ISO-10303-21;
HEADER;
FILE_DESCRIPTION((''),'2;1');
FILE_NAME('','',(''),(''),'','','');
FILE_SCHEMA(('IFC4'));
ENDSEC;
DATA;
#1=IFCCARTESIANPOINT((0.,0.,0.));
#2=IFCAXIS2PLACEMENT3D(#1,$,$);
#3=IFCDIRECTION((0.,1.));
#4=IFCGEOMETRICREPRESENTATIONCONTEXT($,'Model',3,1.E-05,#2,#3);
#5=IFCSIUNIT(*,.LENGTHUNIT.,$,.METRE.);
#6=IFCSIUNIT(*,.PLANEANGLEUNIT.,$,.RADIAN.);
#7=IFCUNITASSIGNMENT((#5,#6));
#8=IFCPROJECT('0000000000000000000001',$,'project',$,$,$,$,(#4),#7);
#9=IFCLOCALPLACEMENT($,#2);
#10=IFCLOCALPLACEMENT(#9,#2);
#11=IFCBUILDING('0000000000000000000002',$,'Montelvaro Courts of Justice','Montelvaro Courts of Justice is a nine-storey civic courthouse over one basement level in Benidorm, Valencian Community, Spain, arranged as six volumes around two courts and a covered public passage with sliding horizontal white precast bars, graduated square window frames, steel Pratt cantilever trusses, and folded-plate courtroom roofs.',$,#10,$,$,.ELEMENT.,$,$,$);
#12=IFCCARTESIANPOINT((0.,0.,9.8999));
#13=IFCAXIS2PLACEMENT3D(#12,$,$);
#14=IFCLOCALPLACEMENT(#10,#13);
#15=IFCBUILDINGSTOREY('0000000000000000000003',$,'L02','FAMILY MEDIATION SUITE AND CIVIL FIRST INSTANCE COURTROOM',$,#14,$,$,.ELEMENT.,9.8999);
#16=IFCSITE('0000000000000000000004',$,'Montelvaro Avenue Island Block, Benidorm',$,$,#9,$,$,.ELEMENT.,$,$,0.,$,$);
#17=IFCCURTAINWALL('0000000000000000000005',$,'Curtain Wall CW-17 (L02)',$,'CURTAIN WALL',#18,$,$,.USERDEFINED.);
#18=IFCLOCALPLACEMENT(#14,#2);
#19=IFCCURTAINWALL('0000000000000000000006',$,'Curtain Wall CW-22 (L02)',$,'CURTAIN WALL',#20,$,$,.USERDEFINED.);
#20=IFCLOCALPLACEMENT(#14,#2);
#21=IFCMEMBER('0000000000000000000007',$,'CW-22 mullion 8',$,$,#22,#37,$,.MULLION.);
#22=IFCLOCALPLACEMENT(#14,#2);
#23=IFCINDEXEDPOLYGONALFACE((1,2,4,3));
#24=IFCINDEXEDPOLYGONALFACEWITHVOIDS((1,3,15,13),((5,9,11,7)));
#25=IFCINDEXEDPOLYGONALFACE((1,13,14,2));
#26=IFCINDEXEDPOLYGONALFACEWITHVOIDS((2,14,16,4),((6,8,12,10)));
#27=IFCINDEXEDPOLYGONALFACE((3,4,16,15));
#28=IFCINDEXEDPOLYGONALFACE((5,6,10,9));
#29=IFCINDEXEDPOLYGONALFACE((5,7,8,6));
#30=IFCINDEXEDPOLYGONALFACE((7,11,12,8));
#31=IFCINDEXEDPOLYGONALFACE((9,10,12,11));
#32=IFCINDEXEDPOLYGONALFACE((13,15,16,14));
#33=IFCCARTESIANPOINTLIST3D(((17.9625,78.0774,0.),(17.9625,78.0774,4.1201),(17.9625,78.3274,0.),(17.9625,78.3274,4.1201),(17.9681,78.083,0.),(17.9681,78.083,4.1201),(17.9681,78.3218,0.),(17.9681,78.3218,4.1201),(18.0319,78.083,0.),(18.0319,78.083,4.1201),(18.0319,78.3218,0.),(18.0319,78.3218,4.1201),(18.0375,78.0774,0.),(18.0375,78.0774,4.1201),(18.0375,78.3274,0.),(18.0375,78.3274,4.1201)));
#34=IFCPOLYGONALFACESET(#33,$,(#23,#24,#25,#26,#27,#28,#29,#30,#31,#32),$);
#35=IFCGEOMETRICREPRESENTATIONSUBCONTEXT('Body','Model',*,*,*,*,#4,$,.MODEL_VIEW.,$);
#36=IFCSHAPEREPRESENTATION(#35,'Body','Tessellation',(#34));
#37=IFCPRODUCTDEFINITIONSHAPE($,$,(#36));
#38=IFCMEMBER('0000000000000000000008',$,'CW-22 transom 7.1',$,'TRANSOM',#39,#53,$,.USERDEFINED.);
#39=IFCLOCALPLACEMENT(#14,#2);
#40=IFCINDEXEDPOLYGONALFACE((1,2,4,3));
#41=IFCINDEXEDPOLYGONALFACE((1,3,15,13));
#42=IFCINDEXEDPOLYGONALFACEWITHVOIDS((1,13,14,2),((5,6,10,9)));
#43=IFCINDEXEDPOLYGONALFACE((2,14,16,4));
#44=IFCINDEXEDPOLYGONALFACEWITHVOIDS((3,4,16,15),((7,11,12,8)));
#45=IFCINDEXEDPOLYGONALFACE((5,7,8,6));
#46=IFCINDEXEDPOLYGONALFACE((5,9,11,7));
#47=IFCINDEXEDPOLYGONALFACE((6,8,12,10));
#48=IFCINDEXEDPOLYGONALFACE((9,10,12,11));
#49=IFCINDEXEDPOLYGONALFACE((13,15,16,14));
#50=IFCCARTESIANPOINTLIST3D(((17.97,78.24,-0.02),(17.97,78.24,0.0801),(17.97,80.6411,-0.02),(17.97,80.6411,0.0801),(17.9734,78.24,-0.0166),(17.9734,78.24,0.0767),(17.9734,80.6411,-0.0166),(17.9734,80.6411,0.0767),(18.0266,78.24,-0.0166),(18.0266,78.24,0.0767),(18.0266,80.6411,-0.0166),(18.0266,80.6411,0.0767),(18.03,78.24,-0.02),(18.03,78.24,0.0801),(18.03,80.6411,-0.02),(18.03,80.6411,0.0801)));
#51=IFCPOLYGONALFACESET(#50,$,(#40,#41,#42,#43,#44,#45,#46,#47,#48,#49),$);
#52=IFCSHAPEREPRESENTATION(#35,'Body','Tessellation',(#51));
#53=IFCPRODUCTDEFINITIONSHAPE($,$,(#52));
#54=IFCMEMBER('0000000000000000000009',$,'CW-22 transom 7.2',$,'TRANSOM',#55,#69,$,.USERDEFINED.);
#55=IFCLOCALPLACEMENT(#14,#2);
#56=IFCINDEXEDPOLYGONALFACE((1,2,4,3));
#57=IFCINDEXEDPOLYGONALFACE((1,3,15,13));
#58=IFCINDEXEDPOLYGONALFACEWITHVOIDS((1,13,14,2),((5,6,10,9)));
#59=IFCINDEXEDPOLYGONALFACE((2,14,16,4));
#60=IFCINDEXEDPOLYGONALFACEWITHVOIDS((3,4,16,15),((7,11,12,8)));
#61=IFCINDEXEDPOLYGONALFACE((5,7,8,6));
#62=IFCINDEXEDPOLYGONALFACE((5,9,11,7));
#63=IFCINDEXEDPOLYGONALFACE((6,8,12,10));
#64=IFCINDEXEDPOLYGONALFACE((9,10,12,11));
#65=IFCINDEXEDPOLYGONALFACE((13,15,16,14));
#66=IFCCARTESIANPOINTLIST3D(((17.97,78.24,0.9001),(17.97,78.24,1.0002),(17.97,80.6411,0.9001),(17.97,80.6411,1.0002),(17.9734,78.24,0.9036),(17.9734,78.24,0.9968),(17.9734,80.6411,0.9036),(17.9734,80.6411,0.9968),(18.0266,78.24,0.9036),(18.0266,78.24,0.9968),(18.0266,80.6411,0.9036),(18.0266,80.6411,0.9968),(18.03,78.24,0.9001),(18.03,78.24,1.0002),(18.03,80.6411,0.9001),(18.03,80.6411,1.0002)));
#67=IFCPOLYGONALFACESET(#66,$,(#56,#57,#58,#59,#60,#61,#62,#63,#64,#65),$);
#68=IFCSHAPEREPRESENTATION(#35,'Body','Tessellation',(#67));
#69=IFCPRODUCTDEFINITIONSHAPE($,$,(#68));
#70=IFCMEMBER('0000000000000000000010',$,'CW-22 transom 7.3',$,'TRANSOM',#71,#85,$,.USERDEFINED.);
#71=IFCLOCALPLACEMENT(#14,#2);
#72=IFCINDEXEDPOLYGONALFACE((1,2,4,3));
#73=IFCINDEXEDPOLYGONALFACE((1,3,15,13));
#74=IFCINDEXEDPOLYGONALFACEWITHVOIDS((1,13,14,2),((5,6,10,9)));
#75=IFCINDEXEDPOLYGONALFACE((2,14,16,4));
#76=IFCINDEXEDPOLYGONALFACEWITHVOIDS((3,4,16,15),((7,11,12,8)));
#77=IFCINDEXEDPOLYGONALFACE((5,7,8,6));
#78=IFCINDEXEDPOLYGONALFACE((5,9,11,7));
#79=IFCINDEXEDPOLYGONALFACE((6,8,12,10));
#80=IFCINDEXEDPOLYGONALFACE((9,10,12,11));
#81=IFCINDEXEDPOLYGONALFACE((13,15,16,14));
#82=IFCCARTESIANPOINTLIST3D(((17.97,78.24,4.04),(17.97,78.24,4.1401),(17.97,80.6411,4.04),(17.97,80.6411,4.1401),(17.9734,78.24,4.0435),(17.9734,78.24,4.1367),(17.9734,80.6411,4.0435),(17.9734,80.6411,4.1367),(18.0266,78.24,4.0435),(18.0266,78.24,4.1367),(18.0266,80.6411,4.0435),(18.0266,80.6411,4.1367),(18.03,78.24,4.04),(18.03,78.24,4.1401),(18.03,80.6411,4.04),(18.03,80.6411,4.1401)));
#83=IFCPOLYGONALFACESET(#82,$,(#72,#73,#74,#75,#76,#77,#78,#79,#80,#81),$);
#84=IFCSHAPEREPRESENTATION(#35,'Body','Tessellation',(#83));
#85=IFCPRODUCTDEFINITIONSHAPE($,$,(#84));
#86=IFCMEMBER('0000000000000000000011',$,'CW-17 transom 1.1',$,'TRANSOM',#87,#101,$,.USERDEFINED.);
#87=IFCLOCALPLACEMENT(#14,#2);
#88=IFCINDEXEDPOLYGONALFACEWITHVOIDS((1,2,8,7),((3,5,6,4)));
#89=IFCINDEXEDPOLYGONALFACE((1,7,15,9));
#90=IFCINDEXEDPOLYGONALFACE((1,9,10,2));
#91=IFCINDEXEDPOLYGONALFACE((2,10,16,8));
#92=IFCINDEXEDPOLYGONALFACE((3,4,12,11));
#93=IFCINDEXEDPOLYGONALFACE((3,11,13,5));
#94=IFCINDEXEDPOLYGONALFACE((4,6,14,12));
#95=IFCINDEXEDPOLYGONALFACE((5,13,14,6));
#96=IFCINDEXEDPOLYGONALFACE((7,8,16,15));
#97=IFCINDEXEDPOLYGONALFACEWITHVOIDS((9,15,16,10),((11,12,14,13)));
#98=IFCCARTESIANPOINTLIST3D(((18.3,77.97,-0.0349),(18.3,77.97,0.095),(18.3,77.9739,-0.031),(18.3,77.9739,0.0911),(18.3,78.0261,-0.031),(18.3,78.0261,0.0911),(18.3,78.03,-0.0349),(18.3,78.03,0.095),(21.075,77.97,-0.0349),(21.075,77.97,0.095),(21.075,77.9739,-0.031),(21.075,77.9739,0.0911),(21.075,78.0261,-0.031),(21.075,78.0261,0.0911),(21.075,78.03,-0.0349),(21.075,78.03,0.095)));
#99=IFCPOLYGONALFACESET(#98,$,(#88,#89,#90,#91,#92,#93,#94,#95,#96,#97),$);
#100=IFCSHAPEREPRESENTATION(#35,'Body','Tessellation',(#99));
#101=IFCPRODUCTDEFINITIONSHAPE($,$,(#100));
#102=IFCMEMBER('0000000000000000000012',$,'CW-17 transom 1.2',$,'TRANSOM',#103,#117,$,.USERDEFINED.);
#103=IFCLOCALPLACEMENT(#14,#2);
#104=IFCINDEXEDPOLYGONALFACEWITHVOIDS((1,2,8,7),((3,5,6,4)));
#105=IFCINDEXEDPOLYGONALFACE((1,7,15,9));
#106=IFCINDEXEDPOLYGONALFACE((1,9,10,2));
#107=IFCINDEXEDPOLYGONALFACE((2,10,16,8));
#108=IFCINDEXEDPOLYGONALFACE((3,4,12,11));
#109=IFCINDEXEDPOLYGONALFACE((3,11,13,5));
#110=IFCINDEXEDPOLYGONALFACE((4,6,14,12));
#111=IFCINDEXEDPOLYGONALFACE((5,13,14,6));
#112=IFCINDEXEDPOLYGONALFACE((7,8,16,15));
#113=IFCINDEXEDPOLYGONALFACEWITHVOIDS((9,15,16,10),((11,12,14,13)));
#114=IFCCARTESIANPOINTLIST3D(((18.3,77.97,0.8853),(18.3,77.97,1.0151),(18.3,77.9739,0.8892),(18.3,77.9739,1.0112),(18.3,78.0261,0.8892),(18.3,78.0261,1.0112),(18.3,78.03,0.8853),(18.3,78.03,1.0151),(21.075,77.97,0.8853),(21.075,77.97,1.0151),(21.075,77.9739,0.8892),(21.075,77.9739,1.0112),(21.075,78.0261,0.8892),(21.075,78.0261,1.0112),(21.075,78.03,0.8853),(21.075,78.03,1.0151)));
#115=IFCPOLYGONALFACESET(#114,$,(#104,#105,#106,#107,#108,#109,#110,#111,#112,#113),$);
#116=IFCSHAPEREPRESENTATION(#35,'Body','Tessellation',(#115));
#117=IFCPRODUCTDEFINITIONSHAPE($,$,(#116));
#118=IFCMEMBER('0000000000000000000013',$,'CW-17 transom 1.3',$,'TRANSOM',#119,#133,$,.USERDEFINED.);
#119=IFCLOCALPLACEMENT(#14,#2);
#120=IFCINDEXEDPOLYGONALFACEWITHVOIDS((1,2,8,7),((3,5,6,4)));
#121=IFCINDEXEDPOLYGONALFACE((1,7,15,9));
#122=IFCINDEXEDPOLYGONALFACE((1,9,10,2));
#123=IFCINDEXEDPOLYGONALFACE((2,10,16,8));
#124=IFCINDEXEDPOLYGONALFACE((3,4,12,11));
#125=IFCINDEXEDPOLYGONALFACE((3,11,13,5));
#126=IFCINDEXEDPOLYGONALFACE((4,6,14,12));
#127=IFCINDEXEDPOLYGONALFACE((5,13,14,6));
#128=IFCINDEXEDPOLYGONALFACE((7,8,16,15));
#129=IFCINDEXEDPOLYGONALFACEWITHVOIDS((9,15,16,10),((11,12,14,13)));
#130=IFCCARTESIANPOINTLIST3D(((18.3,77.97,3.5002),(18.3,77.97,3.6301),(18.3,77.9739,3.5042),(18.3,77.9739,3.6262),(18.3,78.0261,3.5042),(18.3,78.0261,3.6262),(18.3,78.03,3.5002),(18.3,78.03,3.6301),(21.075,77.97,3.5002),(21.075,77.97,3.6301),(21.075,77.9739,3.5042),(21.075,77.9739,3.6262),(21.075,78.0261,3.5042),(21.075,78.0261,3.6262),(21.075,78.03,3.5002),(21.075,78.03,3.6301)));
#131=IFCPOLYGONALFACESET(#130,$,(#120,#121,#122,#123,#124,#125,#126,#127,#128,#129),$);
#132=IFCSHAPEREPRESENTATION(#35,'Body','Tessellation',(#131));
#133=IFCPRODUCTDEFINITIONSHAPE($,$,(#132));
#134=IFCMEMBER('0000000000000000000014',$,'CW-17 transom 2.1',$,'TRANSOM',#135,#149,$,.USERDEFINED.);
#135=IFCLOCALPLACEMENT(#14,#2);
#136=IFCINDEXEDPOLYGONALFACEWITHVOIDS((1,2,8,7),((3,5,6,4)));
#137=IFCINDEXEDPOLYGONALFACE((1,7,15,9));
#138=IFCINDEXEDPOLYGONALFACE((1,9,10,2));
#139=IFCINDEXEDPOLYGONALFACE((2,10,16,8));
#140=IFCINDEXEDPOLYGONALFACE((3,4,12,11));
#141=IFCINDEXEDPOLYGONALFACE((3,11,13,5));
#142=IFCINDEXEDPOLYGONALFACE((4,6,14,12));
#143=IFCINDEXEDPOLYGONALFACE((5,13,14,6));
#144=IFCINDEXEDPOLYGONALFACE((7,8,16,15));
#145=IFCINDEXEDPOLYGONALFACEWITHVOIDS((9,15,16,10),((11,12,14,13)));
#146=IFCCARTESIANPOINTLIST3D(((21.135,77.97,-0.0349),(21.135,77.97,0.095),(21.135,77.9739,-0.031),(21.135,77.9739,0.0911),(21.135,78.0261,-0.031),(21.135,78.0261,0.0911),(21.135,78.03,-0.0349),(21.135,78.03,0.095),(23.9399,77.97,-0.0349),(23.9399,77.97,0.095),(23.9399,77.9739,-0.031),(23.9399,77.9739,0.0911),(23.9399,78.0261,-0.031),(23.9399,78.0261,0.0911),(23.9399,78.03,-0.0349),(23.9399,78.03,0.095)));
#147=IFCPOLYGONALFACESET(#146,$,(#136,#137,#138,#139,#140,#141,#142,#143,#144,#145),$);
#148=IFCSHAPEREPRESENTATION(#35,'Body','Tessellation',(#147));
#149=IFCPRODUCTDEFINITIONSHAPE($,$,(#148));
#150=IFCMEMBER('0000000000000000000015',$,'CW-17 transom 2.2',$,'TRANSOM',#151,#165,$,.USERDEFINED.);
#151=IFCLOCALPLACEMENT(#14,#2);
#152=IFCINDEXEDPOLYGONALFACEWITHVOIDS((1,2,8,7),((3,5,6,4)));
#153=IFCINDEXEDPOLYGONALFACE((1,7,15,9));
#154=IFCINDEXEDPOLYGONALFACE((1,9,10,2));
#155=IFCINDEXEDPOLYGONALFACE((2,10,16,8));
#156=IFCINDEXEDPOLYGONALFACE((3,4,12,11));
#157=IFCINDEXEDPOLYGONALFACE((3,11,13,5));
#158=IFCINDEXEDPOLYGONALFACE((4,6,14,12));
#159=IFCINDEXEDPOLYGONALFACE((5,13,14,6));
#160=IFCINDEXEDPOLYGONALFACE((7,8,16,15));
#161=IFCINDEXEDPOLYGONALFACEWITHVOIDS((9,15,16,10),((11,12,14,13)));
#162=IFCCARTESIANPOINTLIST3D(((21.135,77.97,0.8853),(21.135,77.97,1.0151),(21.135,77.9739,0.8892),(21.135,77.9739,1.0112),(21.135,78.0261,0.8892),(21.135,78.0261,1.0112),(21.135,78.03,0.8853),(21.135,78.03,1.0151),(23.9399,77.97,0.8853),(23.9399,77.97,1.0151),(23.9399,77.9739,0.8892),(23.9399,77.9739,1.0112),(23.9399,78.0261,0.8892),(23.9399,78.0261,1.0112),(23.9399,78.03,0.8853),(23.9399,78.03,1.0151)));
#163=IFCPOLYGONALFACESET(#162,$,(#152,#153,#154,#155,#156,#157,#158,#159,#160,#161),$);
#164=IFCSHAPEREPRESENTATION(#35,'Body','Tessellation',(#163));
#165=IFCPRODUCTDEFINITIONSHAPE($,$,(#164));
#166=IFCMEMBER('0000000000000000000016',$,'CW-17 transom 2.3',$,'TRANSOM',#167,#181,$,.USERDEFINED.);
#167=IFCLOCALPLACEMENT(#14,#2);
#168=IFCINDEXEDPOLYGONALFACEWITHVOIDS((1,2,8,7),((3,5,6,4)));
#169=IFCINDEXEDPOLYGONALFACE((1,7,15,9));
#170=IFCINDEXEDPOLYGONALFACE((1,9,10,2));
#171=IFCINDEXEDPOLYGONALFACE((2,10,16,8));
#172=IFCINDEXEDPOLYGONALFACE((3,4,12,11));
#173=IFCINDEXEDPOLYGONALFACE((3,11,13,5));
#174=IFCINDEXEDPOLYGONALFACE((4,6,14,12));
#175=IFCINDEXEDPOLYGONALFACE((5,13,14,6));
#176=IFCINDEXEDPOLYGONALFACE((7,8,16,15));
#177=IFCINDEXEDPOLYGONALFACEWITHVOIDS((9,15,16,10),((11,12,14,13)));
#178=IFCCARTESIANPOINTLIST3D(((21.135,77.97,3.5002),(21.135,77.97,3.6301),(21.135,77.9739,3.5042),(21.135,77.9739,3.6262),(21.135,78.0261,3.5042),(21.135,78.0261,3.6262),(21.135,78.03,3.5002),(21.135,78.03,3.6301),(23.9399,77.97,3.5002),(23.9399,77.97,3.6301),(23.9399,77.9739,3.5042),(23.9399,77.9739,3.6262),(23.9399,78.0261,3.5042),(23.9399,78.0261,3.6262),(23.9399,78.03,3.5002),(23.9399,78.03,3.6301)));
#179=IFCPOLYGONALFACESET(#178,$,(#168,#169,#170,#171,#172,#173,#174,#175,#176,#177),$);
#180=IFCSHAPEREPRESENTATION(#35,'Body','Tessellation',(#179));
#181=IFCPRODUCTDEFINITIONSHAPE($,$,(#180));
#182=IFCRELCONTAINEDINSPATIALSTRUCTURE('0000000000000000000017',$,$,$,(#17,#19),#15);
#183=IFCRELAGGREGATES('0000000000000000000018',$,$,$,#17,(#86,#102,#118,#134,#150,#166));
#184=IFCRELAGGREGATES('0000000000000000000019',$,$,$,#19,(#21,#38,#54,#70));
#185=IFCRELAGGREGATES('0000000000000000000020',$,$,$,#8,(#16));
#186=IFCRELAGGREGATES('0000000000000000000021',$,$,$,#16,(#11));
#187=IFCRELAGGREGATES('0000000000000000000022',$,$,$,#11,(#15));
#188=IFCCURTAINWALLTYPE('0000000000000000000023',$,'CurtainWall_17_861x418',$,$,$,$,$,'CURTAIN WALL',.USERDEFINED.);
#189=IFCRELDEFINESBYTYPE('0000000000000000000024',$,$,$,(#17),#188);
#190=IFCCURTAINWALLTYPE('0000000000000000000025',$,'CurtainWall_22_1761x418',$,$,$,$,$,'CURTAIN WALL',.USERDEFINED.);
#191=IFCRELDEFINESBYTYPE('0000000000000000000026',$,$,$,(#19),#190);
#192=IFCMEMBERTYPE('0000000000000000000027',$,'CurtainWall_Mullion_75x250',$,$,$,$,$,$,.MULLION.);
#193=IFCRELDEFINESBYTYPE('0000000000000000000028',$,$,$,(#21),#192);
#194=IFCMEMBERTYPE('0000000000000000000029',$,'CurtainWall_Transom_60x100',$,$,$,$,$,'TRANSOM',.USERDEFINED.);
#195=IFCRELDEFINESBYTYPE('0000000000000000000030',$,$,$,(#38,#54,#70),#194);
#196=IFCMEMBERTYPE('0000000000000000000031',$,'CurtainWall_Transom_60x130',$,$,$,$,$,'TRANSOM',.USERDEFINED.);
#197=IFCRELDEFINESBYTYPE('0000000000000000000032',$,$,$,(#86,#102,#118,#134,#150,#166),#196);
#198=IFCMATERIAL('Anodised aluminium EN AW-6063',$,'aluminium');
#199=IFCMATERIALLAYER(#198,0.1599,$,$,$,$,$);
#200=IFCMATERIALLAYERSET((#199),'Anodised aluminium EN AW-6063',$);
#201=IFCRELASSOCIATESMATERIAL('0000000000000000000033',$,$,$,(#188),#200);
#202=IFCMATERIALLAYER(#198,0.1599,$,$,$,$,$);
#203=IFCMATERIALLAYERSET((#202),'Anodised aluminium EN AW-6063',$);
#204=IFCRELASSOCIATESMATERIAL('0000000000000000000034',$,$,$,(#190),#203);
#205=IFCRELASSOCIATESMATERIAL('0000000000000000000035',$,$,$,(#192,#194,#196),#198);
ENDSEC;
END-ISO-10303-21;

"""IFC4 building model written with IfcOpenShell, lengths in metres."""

from ifc_helpers import new_model, si_unit, direction, frame, origin, origin_2d, place, context, subcontext, project, spatial, hollow_rectangle, extrude, material, layer, layer_set, material_profile, profile_set, type_object, element, aggregate, save


model = new_model("IFC4")

# Units and contexts
model_context = context("Model", 3, precision=1e-05, world=origin(), true_north=direction((0.0, 1.0)))
body_context = subcontext(model_context, "Body", "Model", "MODEL_VIEW")
ifc_project = project(units=[si_unit("LENGTHUNIT", "METRE"), si_unit("PLANEANGLEUNIT", "RADIAN")], contexts=[model_context])

# Site, building, storey
site_placement = place(None, origin())
site = spatial("IfcSite", under=ifc_project, at=site_placement, Name="Montelvaro Avenue Island Block, Benidorm", CompositionType="ELEMENT", RefElevation=0.0)
building_placement = place(site_placement, origin())
building = spatial("IfcBuilding", under=site, at=building_placement, Name="Montelvaro Courts of Justice", Description="Montelvaro Courts of Justice is a nine-storey civic courthouse over one basement level in Benidorm, Valencian Community, Spain, arranged as six volumes around two courts and a covered public passage with sliding horizontal white precast bars, graduated square window frames, steel Pratt cantilever trusses, and folded-plate courtroom roofs.", CompositionType="ELEMENT")
storey_placement = place(building_placement, frame((0.0, 0.0, 9.8999)))
storey = spatial("IfcBuildingStorey", under=building, at=storey_placement, Name="L02", Description="FAMILY MEDIATION SUITE AND CIVIL FIRST INSTANCE COURTROOM", CompositionType="ELEMENT", Elevation=9.8999)

# Curtain wall
ifc_material_1 = material(Name="Anodised aluminium EN AW-6063", Category="aluminium")
ifc_layer_1 = layer(ifc_material_1, 0.1599)
ifc_layer_set_1 = layer_set([ifc_layer_1], Name="Anodised aluminium EN AW-6063")
curtain_wall_type_1 = type_object("IfcCurtainWallType", Name="CurtainWall_17_861x418", ElementType="CURTAIN WALL", PredefinedType="USERDEFINED", material=ifc_layer_set_1)
curtain_wall_1_placement = place(storey_placement, origin())
curtain_wall_1 = element("IfcCurtainWall", 1, at=curtain_wall_1_placement, inside=storey, type_object=curtain_wall_type_1, Name="Curtain Wall CW-17 (L02)", ObjectType="CURTAIN WALL", PredefinedType="USERDEFINED")

# Curtain wall, members
ifc_layer_2 = layer(ifc_material_1, 0.1599)
ifc_layer_set_2 = layer_set([ifc_layer_2], Name="Anodised aluminium EN AW-6063")
curtain_wall_type_2 = type_object("IfcCurtainWallType", Name="CurtainWall_22_1761x418", ElementType="CURTAIN WALL", PredefinedType="USERDEFINED", material=ifc_layer_set_2)
curtain_wall_2_placement = place(storey_placement, origin())
curtain_wall_2 = element("IfcCurtainWall", 2, at=curtain_wall_2_placement, inside=storey, type_object=curtain_wall_type_2, Name="Curtain Wall CW-22 (L02)", ObjectType="CURTAIN WALL", PredefinedType="USERDEFINED")
ifc_material_profile_1 = material_profile(ifc_material_1, hollow_rectangle(XDim=0.075, YDim=0.25, WallThickness=0.0056, at=origin_2d()), Name="ALU-M 75x250")
ifc_profile_set_1 = profile_set([ifc_material_profile_1], Name="Anodised aluminium EN AW-6063")
member_type_1 = type_object("IfcMemberType", Name="CurtainWall_Mullion_75x250", PredefinedType="MULLION", material=ifc_profile_set_1)
member_1_placement = place(storey_placement, frame((18.0, 78.2024, 0.0), z_axis=(0.0, 0.0, 1.0), x_axis=(1.0, 0.0, 0.0)))
member_1 = element("IfcMember", 3, at=member_1_placement, type_object=member_type_1, Name="CW-22 mullion 8", PredefinedType="MULLION", context=body_context, shape_type="SweptSolid", body=[
    extrude(hollow_rectangle(XDim=0.075, YDim=0.25, WallThickness=0.0056, at=origin_2d()), origin(), (0.0, 0.0, 1.0), 4.1201),
])
ifc_material_profile_2 = material_profile(ifc_material_1, hollow_rectangle(XDim=0.0601, YDim=0.1001, WallThickness=0.0034, at=origin_2d()), Name="ALU-T 60x100")
ifc_profile_set_2 = profile_set([ifc_material_profile_2], Name="Anodised aluminium EN AW-6063")
member_type_2 = type_object("IfcMemberType", Name="CurtainWall_Transom_60x100", ElementType="TRANSOM", PredefinedType="USERDEFINED", material=ifc_profile_set_2)
member_2_placement = place(storey_placement, frame((18.0, 80.6411, 0.03), z_axis=(0.0, -1.0, 0.0), x_axis=(1.0, 0.0, 0.0)))
member_2 = element("IfcMember", 4, at=member_2_placement, type_object=member_type_2, Name="CW-22 transom 7.1", ObjectType="TRANSOM", PredefinedType="USERDEFINED", context=body_context, shape_type="SweptSolid", body=[
    extrude(hollow_rectangle(XDim=0.0601, YDim=0.1001, WallThickness=0.0034, at=origin_2d()), origin(), (0.0, 0.0, 1.0), 2.4011),
])
member_3_placement = place(storey_placement, frame((18.0, 80.6411, 0.9502), z_axis=(0.0, -1.0, 0.0), x_axis=(1.0, 0.0, 0.0)))
member_3 = element("IfcMember", 5, at=member_3_placement, type_object=member_type_2, Name="CW-22 transom 7.2", ObjectType="TRANSOM", PredefinedType="USERDEFINED", context=body_context, shape_type="SweptSolid", body=[
    extrude(hollow_rectangle(XDim=0.0601, YDim=0.1001, WallThickness=0.0034, at=origin_2d()), origin(), (0.0, 0.0, 1.0), 2.4011),
])
member_4_placement = place(storey_placement, frame((18.0, 80.6411, 4.0901), z_axis=(0.0, -1.0, 0.0), x_axis=(1.0, 0.0, 0.0)))
member_4 = element("IfcMember", 6, at=member_4_placement, type_object=member_type_2, Name="CW-22 transom 7.3", ObjectType="TRANSOM", PredefinedType="USERDEFINED", context=body_context, shape_type="SweptSolid", body=[
    extrude(hollow_rectangle(XDim=0.0601, YDim=0.1001, WallThickness=0.0034, at=origin_2d()), origin(), (0.0, 0.0, 1.0), 2.4011),
])

# Members
ifc_material_profile_3 = material_profile(ifc_material_1, hollow_rectangle(XDim=0.0601, YDim=0.1299, WallThickness=0.0039, at=origin_2d()), Name="ALU-T 60x130")
ifc_profile_set_3 = profile_set([ifc_material_profile_3], Name="Anodised aluminium EN AW-6063")
member_type_3 = type_object("IfcMemberType", Name="CurtainWall_Transom_60x130", ElementType="TRANSOM", PredefinedType="USERDEFINED", material=ifc_profile_set_3)
member_5_placement = place(storey_placement, frame((18.3, 78.0, 0.03), z_axis=(1.0, 0.0, 0.0), x_axis=(0.0, 1.0, 0.0)))
member_5 = element("IfcMember", 7, at=member_5_placement, type_object=member_type_3, Name="CW-17 transom 1.1", ObjectType="TRANSOM", PredefinedType="USERDEFINED", context=body_context, shape_type="SweptSolid", body=[
    extrude(hollow_rectangle(XDim=0.0601, YDim=0.1299, WallThickness=0.0039, at=origin_2d()), origin(), (0.0, 0.0, 1.0), 2.7749),
])
member_6_placement = place(storey_placement, frame((18.3, 78.0, 0.9502), z_axis=(1.0, 0.0, 0.0), x_axis=(0.0, 1.0, 0.0)))
member_6 = element("IfcMember", 8, at=member_6_placement, type_object=member_type_3, Name="CW-17 transom 1.2", ObjectType="TRANSOM", PredefinedType="USERDEFINED", context=body_context, shape_type="SweptSolid", body=[
    extrude(hollow_rectangle(XDim=0.0601, YDim=0.1299, WallThickness=0.0039, at=origin_2d()), origin(), (0.0, 0.0, 1.0), 2.7749),
])
member_7_placement = place(storey_placement, frame((18.3, 78.0, 3.5652), z_axis=(1.0, 0.0, 0.0), x_axis=(0.0, 1.0, 0.0)))
member_7 = element("IfcMember", 9, at=member_7_placement, type_object=member_type_3, Name="CW-17 transom 1.3", ObjectType="TRANSOM", PredefinedType="USERDEFINED", context=body_context, shape_type="SweptSolid", body=[
    extrude(hollow_rectangle(XDim=0.0601, YDim=0.1299, WallThickness=0.0039, at=origin_2d()), origin(), (0.0, 0.0, 1.0), 2.7749),
])
member_8_placement = place(storey_placement, frame((21.135, 78.0, 0.03), z_axis=(1.0, 0.0, 0.0), x_axis=(0.0, 1.0, 0.0)))
member_8 = element("IfcMember", 10, at=member_8_placement, type_object=member_type_3, Name="CW-17 transom 2.1", ObjectType="TRANSOM", PredefinedType="USERDEFINED", context=body_context, shape_type="SweptSolid", body=[
    extrude(hollow_rectangle(XDim=0.0601, YDim=0.1299, WallThickness=0.0039, at=origin_2d()), origin(), (0.0, 0.0, 1.0), 2.8049),
])
member_9_placement = place(storey_placement, frame((21.135, 78.0, 0.9502), z_axis=(1.0, 0.0, 0.0), x_axis=(0.0, 1.0, 0.0)))
member_9 = element("IfcMember", 11, at=member_9_placement, type_object=member_type_3, Name="CW-17 transom 2.2", ObjectType="TRANSOM", PredefinedType="USERDEFINED", context=body_context, shape_type="SweptSolid", body=[
    extrude(hollow_rectangle(XDim=0.0601, YDim=0.1299, WallThickness=0.0039, at=origin_2d()), origin(), (0.0, 0.0, 1.0), 2.8049),
])
member_10_placement = place(storey_placement, frame((21.135, 78.0, 3.5652), z_axis=(1.0, 0.0, 0.0), x_axis=(0.0, 1.0, 0.0)))
member_10 = element("IfcMember", 12, at=member_10_placement, type_object=member_type_3, Name="CW-17 transom 2.3", ObjectType="TRANSOM", PredefinedType="USERDEFINED", context=body_context, shape_type="SweptSolid", body=[
    extrude(hollow_rectangle(XDim=0.0601, YDim=0.1299, WallThickness=0.0039, at=origin_2d()), origin(), (0.0, 0.0, 1.0), 2.8049),
])

aggregate(curtain_wall_1, [member_5, member_6, member_7, member_8, member_9, member_10])
aggregate(curtain_wall_2, [member_1, member_2, member_3, member_4])

save(model, "model.ifc")
